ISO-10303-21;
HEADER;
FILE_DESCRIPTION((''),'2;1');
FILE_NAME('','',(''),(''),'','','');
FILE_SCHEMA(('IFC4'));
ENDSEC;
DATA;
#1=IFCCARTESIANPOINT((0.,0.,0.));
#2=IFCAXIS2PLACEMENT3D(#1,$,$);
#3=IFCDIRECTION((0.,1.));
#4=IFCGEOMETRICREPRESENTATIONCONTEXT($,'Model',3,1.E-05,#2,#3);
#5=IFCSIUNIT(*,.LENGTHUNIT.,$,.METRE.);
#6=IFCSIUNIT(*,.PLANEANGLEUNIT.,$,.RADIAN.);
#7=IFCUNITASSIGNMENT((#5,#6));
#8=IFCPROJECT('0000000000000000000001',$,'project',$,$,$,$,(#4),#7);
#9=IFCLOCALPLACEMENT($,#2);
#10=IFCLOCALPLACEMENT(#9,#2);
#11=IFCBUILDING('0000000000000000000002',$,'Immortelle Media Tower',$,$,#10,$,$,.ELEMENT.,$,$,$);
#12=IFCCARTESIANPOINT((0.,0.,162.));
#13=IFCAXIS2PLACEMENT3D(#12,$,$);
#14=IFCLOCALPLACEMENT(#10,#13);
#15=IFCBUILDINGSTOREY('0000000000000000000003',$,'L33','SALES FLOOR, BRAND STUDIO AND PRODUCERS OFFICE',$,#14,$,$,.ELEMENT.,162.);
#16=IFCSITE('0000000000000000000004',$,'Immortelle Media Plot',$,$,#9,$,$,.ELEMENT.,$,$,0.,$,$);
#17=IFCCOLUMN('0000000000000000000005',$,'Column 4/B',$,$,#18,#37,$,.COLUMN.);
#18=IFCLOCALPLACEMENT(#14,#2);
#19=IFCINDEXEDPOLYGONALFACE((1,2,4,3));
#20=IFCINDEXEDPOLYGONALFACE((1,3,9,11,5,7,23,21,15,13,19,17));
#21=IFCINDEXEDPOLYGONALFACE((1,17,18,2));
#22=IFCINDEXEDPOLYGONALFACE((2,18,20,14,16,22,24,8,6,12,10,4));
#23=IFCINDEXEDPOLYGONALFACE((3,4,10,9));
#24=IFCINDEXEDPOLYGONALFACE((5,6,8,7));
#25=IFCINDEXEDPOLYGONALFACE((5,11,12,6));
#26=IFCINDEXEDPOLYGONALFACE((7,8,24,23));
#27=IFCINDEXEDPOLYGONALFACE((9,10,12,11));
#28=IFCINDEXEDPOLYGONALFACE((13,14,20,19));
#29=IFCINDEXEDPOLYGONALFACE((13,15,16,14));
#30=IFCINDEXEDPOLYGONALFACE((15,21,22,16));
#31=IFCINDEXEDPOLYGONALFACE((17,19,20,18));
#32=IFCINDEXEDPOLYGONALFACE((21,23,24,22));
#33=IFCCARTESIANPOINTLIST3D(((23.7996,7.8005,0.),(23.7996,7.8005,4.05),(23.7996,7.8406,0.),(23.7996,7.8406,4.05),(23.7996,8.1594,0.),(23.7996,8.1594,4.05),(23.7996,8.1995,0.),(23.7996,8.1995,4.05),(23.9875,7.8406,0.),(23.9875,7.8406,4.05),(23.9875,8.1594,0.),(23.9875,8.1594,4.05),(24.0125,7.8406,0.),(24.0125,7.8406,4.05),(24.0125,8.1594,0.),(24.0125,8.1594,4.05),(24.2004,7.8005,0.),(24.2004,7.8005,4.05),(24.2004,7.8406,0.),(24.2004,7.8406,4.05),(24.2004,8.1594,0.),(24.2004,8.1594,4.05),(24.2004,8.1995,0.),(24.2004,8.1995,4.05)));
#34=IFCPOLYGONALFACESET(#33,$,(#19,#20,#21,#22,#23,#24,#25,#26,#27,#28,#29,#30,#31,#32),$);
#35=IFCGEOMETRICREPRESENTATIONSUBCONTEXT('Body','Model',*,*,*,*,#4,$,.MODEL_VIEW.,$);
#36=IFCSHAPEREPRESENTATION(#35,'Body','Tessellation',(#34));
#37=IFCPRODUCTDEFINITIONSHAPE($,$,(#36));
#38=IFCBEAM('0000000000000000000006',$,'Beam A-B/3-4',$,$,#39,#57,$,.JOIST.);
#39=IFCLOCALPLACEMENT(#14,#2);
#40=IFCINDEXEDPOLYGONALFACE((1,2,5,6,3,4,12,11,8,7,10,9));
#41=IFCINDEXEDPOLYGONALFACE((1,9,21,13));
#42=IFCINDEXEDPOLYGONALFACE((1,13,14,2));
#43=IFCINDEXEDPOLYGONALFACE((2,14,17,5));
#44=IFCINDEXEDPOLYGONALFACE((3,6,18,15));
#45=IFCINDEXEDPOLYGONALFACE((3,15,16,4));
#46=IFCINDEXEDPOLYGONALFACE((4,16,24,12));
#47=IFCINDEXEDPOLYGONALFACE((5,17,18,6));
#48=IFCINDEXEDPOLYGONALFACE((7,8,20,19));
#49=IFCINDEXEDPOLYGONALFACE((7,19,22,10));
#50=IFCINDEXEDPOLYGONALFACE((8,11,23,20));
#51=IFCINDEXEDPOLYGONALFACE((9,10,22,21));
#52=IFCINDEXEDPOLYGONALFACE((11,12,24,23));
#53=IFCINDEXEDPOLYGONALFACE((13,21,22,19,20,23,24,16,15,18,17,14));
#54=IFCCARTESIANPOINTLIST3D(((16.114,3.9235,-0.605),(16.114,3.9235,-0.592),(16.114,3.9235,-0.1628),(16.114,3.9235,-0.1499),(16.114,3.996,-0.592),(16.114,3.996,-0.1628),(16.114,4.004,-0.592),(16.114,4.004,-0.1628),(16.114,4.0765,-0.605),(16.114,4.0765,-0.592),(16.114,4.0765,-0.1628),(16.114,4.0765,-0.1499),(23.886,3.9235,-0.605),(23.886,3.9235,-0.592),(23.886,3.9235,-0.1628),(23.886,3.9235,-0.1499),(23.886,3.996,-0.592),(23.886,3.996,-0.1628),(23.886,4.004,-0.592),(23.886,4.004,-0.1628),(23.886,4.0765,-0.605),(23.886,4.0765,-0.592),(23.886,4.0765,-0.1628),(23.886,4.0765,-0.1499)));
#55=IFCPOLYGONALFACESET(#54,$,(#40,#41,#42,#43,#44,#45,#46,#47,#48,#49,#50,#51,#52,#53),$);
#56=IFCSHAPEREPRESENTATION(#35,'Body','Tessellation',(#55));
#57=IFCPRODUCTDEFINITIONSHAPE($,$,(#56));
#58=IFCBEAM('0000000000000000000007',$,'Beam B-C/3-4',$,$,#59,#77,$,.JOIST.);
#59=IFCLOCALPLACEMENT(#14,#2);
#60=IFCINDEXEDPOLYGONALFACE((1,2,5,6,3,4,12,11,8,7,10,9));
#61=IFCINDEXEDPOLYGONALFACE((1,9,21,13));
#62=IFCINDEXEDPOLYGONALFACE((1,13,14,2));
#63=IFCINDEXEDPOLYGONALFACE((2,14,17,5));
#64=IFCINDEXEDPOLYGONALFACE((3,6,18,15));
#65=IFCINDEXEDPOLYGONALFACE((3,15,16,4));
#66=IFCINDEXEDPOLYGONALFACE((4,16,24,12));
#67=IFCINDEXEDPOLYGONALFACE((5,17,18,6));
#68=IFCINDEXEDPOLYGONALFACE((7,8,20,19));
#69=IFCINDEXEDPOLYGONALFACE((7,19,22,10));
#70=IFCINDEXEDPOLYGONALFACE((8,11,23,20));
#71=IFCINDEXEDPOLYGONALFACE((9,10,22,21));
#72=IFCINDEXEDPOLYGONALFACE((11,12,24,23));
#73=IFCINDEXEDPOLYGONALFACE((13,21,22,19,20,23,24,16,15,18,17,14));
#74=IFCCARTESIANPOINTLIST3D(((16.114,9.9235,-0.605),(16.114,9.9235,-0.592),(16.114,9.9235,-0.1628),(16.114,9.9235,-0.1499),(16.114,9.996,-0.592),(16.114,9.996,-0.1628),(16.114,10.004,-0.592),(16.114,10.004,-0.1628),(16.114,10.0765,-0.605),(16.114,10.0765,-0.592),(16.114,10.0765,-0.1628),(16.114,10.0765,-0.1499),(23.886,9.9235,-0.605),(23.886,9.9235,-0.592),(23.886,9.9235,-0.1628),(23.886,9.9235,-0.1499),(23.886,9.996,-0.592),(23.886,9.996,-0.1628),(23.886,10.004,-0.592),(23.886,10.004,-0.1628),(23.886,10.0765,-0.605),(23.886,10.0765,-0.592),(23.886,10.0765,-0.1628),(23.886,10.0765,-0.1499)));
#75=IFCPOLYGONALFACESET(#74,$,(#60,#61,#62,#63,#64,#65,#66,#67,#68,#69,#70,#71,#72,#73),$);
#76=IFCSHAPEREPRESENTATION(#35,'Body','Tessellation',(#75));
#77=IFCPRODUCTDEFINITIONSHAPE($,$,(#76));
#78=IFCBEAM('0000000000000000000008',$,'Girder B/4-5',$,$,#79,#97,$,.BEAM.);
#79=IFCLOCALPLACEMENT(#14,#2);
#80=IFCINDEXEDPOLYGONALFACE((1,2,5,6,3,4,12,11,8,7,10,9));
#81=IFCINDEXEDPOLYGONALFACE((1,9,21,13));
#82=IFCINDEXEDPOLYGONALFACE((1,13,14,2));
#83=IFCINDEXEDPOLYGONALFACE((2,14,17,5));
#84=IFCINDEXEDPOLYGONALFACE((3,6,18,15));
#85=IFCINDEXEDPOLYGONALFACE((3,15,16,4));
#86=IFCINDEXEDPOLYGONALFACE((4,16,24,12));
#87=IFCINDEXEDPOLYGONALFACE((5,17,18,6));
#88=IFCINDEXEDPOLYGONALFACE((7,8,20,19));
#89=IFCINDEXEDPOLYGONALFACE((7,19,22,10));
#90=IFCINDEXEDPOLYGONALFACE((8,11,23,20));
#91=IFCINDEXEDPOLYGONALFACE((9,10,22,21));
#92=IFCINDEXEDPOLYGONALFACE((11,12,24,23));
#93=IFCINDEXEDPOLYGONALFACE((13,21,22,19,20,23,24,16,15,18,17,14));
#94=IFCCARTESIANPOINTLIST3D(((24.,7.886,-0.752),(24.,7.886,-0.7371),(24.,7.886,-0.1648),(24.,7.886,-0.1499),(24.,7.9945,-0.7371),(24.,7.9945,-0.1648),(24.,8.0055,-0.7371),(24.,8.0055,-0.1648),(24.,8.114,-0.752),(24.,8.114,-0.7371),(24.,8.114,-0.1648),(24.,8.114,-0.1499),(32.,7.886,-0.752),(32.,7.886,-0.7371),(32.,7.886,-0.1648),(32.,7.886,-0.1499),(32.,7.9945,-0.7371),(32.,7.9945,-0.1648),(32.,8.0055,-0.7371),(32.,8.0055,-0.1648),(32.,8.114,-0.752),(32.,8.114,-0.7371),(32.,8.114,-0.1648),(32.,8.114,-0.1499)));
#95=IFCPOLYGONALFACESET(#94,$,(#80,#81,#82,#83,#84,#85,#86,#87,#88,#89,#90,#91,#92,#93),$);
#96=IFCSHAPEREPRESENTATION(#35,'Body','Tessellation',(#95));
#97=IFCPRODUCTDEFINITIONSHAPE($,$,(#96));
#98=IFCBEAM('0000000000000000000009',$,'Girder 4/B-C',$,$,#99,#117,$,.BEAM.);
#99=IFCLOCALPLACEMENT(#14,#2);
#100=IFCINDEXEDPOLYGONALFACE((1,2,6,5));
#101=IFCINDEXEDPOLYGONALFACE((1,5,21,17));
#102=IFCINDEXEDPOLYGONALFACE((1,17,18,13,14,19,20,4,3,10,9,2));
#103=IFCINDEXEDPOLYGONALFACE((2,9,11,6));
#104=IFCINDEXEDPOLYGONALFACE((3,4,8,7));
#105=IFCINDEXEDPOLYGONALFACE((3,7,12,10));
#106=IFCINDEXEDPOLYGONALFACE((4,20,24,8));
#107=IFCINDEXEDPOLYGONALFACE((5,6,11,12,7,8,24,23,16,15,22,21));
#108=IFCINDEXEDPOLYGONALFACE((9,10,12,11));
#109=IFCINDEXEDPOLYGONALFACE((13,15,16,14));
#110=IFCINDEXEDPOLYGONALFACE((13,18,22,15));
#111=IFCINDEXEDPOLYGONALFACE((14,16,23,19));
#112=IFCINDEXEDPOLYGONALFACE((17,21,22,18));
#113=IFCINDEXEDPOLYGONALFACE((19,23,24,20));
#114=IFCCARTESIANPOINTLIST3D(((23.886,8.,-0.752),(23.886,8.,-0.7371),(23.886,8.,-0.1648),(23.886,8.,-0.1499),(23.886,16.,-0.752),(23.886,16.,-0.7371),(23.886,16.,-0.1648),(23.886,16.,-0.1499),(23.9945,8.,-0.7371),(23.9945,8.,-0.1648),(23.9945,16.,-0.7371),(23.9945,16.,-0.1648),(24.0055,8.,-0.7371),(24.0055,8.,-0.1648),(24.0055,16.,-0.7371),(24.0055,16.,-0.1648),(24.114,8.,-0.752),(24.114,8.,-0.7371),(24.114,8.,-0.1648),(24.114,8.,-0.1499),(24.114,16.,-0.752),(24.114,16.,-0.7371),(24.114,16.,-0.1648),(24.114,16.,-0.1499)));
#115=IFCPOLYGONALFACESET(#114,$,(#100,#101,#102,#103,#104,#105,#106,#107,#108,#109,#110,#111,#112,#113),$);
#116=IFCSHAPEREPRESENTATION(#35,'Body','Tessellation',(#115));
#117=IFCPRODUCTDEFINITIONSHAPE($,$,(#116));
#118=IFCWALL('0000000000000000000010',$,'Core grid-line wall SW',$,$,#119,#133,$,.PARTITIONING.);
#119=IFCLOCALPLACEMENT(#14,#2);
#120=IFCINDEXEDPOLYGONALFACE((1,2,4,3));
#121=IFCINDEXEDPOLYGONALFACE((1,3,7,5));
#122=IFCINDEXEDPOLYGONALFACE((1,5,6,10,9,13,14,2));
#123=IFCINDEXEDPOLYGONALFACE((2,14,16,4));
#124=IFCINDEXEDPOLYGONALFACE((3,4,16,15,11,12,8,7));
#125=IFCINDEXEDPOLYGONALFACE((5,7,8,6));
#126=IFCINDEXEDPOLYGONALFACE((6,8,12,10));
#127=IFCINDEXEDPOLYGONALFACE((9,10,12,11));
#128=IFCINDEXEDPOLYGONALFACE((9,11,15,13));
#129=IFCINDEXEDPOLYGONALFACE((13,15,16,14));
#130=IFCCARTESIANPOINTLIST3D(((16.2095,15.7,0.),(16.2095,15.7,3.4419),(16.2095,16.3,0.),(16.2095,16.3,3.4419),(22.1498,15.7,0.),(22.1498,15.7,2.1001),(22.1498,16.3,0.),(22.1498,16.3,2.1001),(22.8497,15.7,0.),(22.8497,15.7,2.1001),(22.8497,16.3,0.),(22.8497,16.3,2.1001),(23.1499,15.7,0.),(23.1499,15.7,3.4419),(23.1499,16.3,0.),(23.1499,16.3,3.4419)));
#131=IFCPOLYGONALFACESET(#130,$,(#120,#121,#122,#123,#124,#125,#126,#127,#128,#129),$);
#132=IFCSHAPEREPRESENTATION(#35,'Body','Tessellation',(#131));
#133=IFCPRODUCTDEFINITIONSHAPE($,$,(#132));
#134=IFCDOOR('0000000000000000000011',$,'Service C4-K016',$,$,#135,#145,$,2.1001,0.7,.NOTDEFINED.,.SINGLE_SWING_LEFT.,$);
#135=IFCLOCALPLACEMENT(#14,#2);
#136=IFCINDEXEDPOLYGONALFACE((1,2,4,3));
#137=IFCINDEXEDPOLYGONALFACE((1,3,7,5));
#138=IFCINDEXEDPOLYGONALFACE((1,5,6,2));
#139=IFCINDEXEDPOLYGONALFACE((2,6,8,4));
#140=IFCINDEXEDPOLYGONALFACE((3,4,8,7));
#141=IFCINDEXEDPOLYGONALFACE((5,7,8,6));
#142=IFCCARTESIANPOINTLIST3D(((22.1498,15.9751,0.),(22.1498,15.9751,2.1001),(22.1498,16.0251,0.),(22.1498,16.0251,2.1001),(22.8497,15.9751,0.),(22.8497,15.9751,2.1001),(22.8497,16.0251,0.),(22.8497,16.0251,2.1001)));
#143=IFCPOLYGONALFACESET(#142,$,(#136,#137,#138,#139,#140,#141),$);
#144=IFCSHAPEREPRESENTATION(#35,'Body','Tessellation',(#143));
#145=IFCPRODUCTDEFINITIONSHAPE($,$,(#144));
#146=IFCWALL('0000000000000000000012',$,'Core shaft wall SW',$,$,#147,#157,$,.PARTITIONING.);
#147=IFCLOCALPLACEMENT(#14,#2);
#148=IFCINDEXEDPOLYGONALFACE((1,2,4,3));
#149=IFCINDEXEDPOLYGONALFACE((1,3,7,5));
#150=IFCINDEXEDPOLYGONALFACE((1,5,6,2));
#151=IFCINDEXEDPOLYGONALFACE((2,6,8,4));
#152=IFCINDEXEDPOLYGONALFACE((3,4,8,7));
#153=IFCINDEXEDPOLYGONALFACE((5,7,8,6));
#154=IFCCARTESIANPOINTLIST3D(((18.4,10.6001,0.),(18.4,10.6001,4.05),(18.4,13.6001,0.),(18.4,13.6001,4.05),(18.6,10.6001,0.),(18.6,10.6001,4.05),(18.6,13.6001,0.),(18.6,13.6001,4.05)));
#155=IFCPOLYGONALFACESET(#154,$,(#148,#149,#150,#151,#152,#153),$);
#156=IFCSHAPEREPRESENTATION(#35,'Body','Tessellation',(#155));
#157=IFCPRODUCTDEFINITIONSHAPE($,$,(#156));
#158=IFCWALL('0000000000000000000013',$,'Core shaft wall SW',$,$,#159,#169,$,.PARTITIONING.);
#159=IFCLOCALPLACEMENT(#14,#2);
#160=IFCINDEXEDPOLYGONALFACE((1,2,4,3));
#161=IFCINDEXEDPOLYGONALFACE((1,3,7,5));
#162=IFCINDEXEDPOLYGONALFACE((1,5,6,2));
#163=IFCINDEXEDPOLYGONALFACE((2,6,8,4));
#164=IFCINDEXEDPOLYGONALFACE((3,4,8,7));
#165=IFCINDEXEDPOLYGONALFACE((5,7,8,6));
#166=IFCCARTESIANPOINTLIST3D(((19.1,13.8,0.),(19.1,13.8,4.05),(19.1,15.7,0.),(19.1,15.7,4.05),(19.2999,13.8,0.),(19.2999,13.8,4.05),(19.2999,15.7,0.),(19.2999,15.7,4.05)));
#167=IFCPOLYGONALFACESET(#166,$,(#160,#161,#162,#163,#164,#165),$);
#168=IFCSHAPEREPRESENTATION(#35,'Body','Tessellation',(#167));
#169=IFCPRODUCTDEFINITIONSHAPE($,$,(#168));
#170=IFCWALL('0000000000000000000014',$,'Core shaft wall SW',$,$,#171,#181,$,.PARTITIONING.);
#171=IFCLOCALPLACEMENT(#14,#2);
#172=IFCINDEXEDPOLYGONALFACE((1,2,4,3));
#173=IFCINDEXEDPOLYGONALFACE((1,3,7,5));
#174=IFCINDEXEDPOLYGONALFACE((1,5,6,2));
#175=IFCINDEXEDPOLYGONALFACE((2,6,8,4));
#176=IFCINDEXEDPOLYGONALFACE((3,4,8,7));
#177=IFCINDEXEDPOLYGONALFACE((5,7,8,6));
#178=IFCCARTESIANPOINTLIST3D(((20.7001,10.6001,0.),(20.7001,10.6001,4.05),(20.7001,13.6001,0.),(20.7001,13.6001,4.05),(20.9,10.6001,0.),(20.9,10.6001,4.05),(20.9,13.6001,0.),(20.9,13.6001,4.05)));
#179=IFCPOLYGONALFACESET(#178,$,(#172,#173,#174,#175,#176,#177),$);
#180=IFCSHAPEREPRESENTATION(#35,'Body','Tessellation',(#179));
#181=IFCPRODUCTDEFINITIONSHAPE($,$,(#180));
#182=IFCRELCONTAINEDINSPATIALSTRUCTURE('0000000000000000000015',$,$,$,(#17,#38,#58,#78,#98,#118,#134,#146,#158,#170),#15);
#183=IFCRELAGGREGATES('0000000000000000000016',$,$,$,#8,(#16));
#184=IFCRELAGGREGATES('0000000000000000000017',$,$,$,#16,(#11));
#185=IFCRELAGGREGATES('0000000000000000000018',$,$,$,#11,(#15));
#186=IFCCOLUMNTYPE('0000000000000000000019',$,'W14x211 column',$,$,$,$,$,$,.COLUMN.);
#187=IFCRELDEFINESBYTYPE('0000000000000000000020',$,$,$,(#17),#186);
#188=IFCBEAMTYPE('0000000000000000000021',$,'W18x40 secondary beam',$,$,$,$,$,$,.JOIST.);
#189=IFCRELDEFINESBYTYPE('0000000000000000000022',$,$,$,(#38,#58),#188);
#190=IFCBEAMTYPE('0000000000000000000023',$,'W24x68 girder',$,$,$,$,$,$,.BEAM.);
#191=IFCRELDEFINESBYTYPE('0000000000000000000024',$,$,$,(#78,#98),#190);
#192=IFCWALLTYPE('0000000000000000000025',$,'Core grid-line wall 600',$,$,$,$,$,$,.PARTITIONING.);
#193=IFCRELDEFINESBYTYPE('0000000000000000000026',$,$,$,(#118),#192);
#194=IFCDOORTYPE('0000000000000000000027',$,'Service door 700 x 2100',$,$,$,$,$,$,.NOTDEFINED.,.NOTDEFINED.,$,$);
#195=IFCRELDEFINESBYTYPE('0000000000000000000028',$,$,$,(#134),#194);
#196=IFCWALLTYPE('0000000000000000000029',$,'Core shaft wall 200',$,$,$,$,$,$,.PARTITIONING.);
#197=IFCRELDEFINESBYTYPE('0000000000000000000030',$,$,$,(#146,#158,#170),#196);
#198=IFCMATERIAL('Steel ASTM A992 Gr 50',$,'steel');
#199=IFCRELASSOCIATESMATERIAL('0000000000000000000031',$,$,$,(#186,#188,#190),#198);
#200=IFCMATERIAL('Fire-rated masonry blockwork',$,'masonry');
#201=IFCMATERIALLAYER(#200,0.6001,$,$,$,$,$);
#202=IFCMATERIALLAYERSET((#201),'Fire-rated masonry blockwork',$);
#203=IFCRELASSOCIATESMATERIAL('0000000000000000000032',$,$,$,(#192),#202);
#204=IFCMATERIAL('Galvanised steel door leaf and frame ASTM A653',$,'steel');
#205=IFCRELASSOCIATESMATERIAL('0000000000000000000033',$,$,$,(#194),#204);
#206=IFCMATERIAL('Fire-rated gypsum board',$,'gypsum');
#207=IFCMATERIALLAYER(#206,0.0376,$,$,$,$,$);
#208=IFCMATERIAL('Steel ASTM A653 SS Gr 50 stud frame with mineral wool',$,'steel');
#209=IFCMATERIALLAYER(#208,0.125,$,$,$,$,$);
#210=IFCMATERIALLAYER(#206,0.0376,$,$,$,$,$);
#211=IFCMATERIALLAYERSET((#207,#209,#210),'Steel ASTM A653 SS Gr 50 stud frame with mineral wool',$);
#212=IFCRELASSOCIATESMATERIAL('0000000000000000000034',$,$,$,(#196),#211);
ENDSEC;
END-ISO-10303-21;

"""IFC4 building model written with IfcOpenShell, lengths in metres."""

from ifc_helpers import new_model, si_unit, direction, frame, frame_2d, origin, origin_2d, place, context, subcontext, project, spatial, rectangle, i_section, extrude, material, layer, layer_set, material_profile, profile_set, type_object, element, fill, save


model = new_model("IFC4")

# Units and contexts
model_context = context("Model", 3, precision=1e-05, world=origin(), true_north=direction((0.0, 1.0)))
body_context = subcontext(model_context, "Body", "Model", "MODEL_VIEW")
ifc_project = project(units=[si_unit("LENGTHUNIT", "METRE"), si_unit("PLANEANGLEUNIT", "RADIAN")], contexts=[model_context])

# Site, building, storey
site_placement = place(None, origin())
site = spatial("IfcSite", under=ifc_project, at=site_placement, Name="Immortelle Media Plot", CompositionType="ELEMENT", RefElevation=0.0)
building_placement = place(site_placement, origin())
building = spatial("IfcBuilding", under=site, at=building_placement, Name="Immortelle Media Tower", CompositionType="ELEMENT")
storey_placement = place(building_placement, frame((0.0, 0.0, 162.0)))
storey = spatial("IfcBuildingStorey", under=building, at=storey_placement, Name="L33", Description="SALES FLOOR, BRAND STUDIO AND PRODUCERS OFFICE", CompositionType="ELEMENT", Elevation=162.0)

# Column
ifc_material_1 = material(Name="Steel ASTM A992 Gr 50", Category="steel")
ifc_material_profile_1 = material_profile(ifc_material_1, i_section(OverallWidth=0.4009, OverallDepth=0.3989, WebThickness=0.0249, FlangeThickness=0.04, at=origin_2d()), Name="W14x211")
ifc_profile_set_1 = profile_set([ifc_material_profile_1], Name="Steel ASTM A992 Gr 50")
column_type = type_object("IfcColumnType", Name="W14x211 column", PredefinedType="COLUMN", material=ifc_profile_set_1)
column_placement = place(storey_placement, frame((24.0, 8.0, 0.0), z_axis=(0.0, 0.0, 1.0), x_axis=(1.0, 0.0, 0.0)))
element("IfcColumn", 1, at=column_placement, inside=storey, type_object=column_type, Name="Column 4/B", PredefinedType="COLUMN", context=body_context, shape_type="SweptSolid", body=[
    extrude(i_section(OverallWidth=0.4009, OverallDepth=0.3989, WebThickness=0.0249, FlangeThickness=0.04, at=origin_2d()), origin(), (0.0, 0.0, 1.0), 4.05),
])

# Beams
ifc_material_profile_2 = material_profile(ifc_material_1, i_section(OverallWidth=0.1531, OverallDepth=0.4551, WebThickness=0.0081, FlangeThickness=0.0129, at=origin_2d()), Name="W18x40")
ifc_profile_set_2 = profile_set([ifc_material_profile_2], Name="Steel ASTM A992 Gr 50")
beam_type_1 = type_object("IfcBeamType", Name="W18x40 secondary beam", PredefinedType="JOIST", material=ifc_profile_set_2)
for number, where, z_axis, x_axis, name in (
    (2, (16.114, 4.0, -0.3774), (1.0, 0.0, 0.0), (0.0, 1.0, 0.0), "Beam A-B/3-4"),
    (3, (16.114, 10.0, -0.3774), (1.0, 0.0, 0.0), (0.0, 1.0, 0.0), "Beam B-C/3-4"),
):
    element("IfcBeam", number, at=place(storey_placement, frame(where, z_axis=z_axis, x_axis=x_axis)), inside=storey, type_object=beam_type_1, Name=name, PredefinedType="JOIST", context=body_context, shape_type="SweptSolid", body=[
        extrude(i_section(OverallWidth=0.1531, OverallDepth=0.4551, WebThickness=0.0081, FlangeThickness=0.0129, at=origin_2d()), origin(), (0.0, 0.0, 1.0), 7.772),
    ])
ifc_material_profile_3 = material_profile(ifc_material_1, i_section(OverallWidth=0.228, OverallDepth=0.6021, WebThickness=0.011, FlangeThickness=0.0149, at=origin_2d()), Name="W24x68")
ifc_profile_set_3 = profile_set([ifc_material_profile_3], Name="Steel ASTM A992 Gr 50")
beam_type_2 = type_object("IfcBeamType", Name="W24x68 girder", PredefinedType="BEAM", material=ifc_profile_set_3)
for number, where, z_axis, x_axis, name in (
    (4, (24.0, 8.0, -0.4509), (1.0, 0.0, 0.0), (0.0, 1.0, 0.0), "Girder B/4-5"),
    (5, (24.0, 8.0, -0.4509), (0.0, 1.0, 0.0), (-1.0, 0.0, 0.0), "Girder 4/B-C"),
):
    element("IfcBeam", number, at=place(storey_placement, frame(where, z_axis=z_axis, x_axis=x_axis)), inside=storey, type_object=beam_type_2, Name=name, PredefinedType="BEAM", context=body_context, shape_type="SweptSolid", body=[
        extrude(i_section(OverallWidth=0.228, OverallDepth=0.6021, WebThickness=0.011, FlangeThickness=0.0149, at=origin_2d()), origin(), (0.0, 0.0, 1.0), 8.0),
    ])

# Wall, opening, door
ifc_material_2 = material(Name="Fire-rated masonry blockwork", Category="masonry")
ifc_layer_1 = layer(ifc_material_2, 0.6001)
ifc_layer_set_1 = layer_set([ifc_layer_1], Name="Fire-rated masonry blockwork")
wall_type_1 = type_object("IfcWallType", Name="Core grid-line wall 600", PredefinedType="PARTITIONING", material=ifc_layer_set_1)
wall_1_placement = place(storey_placement, frame((16.2095, 16.0, 0.0), z_axis=(0.0, 0.0, 1.0), x_axis=(1.0, 0.0, 0.0)))
wall_1 = element("IfcWall", 6, at=wall_1_placement, inside=storey, type_object=wall_type_1, Name="Core grid-line wall SW", PredefinedType="PARTITIONING", context=body_context, shape_type="SweptSolid", body=[
    extrude(rectangle(XDim=6.9404, YDim=0.6001, at=frame_2d((3.4702, 0.0))), origin(), (0.0, 0.0, 1.0), 3.4419),
])
opening_1_placement = place(wall_1_placement, frame((6.6404, 0.0, 0.0), z_axis=(0.0, 0.0, 1.0), x_axis=(-1.0, 0.0, 0.0)))
opening_1 = element("IfcOpeningElement", 7, at=opening_1_placement, cuts=wall_1, PredefinedType="OPENING", context=body_context, shape_type="SweptSolid", body=[
    extrude(rectangle(XDim=0.7, YDim=2.1001, at=frame_2d((0.3501, 1.05))), frame((0.0, 0.3101, 0.0), z_axis=(0.0, -1.0, 0.0), x_axis=(1.0, 0.0, 0.0)), (0.0, 0.0, 1.0), 0.6201),
])
ifc_material_3 = material(Name="Galvanised steel door leaf and frame ASTM A653", Category="steel")
door_type_1 = type_object("IfcDoorType", Name="Service door 700 x 2100", OperationType="NOTDEFINED", PredefinedType="NOTDEFINED", material=ifc_material_3)
door_1_placement = place(opening_1_placement, origin())
door_1 = element("IfcDoor", 8, at=door_1_placement, inside=storey, type_object=door_type_1, Name="Service C4-K016", OperationType="SINGLE_SWING_LEFT", OverallHeight=2.1001, OverallWidth=0.7, PredefinedType="NOTDEFINED", context=body_context, shape_type="SweptSolid", body=[
    extrude(rectangle(XDim=0.7, YDim=2.1001, at=frame_2d((0.3501, 1.05))), frame((0.0, 0.0249, 0.0), z_axis=(0.0, -1.0, 0.0), x_axis=(1.0, 0.0, 0.0)), (0.0, 0.0, 1.0), 0.05),
])
fill(opening_1, door_1)

# Walls
ifc_material_4 = material(Name="Fire-rated gypsum board", Category="gypsum")
ifc_layer_2 = layer(ifc_material_4, 0.0376)
ifc_material_5 = material(Name="Steel ASTM A653 SS Gr 50 stud frame with mineral wool", Category="steel")
ifc_layer_3 = layer(ifc_material_5, 0.125)
ifc_layer_4 = layer(ifc_material_4, 0.0376)
ifc_layer_set_2 = layer_set([ifc_layer_2, ifc_layer_3, ifc_layer_4], Name="Steel ASTM A653 SS Gr 50 stud frame with mineral wool")
wall_type_2 = type_object("IfcWallType", Name="Core shaft wall 200", PredefinedType="PARTITIONING", material=ifc_layer_set_2)
wall_2_placement = place(storey_placement, frame((18.5, 10.6001, 0.0), z_axis=(0.0, 0.0, 1.0), x_axis=(0.0, 1.0, 0.0)))
element("IfcWall", 9, at=wall_2_placement, inside=storey, type_object=wall_type_2, Name="Core shaft wall SW", PredefinedType="PARTITIONING", context=body_context, shape_type="SweptSolid", body=[
    extrude(rectangle(XDim=3.0, YDim=0.2, at=frame_2d((1.5, 0.0))), origin(), (0.0, 0.0, 1.0), 4.05),
])
wall_3_placement = place(storey_placement, frame((19.2, 13.8, 0.0), z_axis=(0.0, 0.0, 1.0), x_axis=(0.0, 1.0, 0.0)))
element("IfcWall", 10, at=wall_3_placement, inside=storey, type_object=wall_type_2, Name="Core shaft wall SW", PredefinedType="PARTITIONING", context=body_context, shape_type="SweptSolid", body=[
    extrude(rectangle(XDim=1.8999, YDim=0.2, at=frame_2d((0.95, 0.0))), origin(), (0.0, 0.0, 1.0), 4.05),
])
wall_4_placement = place(storey_placement, frame((20.8, 10.6001, 0.0), z_axis=(0.0, 0.0, 1.0), x_axis=(0.0, 1.0, 0.0)))
element("IfcWall", 11, at=wall_4_placement, inside=storey, type_object=wall_type_2, Name="Core shaft wall SW", PredefinedType="PARTITIONING", context=body_context, shape_type="SweptSolid", body=[
    extrude(rectangle(XDim=3.0, YDim=0.2, at=frame_2d((1.5, 0.0))), origin(), (0.0, 0.0, 1.0), 4.05),
])

save(model, "model.ifc")
